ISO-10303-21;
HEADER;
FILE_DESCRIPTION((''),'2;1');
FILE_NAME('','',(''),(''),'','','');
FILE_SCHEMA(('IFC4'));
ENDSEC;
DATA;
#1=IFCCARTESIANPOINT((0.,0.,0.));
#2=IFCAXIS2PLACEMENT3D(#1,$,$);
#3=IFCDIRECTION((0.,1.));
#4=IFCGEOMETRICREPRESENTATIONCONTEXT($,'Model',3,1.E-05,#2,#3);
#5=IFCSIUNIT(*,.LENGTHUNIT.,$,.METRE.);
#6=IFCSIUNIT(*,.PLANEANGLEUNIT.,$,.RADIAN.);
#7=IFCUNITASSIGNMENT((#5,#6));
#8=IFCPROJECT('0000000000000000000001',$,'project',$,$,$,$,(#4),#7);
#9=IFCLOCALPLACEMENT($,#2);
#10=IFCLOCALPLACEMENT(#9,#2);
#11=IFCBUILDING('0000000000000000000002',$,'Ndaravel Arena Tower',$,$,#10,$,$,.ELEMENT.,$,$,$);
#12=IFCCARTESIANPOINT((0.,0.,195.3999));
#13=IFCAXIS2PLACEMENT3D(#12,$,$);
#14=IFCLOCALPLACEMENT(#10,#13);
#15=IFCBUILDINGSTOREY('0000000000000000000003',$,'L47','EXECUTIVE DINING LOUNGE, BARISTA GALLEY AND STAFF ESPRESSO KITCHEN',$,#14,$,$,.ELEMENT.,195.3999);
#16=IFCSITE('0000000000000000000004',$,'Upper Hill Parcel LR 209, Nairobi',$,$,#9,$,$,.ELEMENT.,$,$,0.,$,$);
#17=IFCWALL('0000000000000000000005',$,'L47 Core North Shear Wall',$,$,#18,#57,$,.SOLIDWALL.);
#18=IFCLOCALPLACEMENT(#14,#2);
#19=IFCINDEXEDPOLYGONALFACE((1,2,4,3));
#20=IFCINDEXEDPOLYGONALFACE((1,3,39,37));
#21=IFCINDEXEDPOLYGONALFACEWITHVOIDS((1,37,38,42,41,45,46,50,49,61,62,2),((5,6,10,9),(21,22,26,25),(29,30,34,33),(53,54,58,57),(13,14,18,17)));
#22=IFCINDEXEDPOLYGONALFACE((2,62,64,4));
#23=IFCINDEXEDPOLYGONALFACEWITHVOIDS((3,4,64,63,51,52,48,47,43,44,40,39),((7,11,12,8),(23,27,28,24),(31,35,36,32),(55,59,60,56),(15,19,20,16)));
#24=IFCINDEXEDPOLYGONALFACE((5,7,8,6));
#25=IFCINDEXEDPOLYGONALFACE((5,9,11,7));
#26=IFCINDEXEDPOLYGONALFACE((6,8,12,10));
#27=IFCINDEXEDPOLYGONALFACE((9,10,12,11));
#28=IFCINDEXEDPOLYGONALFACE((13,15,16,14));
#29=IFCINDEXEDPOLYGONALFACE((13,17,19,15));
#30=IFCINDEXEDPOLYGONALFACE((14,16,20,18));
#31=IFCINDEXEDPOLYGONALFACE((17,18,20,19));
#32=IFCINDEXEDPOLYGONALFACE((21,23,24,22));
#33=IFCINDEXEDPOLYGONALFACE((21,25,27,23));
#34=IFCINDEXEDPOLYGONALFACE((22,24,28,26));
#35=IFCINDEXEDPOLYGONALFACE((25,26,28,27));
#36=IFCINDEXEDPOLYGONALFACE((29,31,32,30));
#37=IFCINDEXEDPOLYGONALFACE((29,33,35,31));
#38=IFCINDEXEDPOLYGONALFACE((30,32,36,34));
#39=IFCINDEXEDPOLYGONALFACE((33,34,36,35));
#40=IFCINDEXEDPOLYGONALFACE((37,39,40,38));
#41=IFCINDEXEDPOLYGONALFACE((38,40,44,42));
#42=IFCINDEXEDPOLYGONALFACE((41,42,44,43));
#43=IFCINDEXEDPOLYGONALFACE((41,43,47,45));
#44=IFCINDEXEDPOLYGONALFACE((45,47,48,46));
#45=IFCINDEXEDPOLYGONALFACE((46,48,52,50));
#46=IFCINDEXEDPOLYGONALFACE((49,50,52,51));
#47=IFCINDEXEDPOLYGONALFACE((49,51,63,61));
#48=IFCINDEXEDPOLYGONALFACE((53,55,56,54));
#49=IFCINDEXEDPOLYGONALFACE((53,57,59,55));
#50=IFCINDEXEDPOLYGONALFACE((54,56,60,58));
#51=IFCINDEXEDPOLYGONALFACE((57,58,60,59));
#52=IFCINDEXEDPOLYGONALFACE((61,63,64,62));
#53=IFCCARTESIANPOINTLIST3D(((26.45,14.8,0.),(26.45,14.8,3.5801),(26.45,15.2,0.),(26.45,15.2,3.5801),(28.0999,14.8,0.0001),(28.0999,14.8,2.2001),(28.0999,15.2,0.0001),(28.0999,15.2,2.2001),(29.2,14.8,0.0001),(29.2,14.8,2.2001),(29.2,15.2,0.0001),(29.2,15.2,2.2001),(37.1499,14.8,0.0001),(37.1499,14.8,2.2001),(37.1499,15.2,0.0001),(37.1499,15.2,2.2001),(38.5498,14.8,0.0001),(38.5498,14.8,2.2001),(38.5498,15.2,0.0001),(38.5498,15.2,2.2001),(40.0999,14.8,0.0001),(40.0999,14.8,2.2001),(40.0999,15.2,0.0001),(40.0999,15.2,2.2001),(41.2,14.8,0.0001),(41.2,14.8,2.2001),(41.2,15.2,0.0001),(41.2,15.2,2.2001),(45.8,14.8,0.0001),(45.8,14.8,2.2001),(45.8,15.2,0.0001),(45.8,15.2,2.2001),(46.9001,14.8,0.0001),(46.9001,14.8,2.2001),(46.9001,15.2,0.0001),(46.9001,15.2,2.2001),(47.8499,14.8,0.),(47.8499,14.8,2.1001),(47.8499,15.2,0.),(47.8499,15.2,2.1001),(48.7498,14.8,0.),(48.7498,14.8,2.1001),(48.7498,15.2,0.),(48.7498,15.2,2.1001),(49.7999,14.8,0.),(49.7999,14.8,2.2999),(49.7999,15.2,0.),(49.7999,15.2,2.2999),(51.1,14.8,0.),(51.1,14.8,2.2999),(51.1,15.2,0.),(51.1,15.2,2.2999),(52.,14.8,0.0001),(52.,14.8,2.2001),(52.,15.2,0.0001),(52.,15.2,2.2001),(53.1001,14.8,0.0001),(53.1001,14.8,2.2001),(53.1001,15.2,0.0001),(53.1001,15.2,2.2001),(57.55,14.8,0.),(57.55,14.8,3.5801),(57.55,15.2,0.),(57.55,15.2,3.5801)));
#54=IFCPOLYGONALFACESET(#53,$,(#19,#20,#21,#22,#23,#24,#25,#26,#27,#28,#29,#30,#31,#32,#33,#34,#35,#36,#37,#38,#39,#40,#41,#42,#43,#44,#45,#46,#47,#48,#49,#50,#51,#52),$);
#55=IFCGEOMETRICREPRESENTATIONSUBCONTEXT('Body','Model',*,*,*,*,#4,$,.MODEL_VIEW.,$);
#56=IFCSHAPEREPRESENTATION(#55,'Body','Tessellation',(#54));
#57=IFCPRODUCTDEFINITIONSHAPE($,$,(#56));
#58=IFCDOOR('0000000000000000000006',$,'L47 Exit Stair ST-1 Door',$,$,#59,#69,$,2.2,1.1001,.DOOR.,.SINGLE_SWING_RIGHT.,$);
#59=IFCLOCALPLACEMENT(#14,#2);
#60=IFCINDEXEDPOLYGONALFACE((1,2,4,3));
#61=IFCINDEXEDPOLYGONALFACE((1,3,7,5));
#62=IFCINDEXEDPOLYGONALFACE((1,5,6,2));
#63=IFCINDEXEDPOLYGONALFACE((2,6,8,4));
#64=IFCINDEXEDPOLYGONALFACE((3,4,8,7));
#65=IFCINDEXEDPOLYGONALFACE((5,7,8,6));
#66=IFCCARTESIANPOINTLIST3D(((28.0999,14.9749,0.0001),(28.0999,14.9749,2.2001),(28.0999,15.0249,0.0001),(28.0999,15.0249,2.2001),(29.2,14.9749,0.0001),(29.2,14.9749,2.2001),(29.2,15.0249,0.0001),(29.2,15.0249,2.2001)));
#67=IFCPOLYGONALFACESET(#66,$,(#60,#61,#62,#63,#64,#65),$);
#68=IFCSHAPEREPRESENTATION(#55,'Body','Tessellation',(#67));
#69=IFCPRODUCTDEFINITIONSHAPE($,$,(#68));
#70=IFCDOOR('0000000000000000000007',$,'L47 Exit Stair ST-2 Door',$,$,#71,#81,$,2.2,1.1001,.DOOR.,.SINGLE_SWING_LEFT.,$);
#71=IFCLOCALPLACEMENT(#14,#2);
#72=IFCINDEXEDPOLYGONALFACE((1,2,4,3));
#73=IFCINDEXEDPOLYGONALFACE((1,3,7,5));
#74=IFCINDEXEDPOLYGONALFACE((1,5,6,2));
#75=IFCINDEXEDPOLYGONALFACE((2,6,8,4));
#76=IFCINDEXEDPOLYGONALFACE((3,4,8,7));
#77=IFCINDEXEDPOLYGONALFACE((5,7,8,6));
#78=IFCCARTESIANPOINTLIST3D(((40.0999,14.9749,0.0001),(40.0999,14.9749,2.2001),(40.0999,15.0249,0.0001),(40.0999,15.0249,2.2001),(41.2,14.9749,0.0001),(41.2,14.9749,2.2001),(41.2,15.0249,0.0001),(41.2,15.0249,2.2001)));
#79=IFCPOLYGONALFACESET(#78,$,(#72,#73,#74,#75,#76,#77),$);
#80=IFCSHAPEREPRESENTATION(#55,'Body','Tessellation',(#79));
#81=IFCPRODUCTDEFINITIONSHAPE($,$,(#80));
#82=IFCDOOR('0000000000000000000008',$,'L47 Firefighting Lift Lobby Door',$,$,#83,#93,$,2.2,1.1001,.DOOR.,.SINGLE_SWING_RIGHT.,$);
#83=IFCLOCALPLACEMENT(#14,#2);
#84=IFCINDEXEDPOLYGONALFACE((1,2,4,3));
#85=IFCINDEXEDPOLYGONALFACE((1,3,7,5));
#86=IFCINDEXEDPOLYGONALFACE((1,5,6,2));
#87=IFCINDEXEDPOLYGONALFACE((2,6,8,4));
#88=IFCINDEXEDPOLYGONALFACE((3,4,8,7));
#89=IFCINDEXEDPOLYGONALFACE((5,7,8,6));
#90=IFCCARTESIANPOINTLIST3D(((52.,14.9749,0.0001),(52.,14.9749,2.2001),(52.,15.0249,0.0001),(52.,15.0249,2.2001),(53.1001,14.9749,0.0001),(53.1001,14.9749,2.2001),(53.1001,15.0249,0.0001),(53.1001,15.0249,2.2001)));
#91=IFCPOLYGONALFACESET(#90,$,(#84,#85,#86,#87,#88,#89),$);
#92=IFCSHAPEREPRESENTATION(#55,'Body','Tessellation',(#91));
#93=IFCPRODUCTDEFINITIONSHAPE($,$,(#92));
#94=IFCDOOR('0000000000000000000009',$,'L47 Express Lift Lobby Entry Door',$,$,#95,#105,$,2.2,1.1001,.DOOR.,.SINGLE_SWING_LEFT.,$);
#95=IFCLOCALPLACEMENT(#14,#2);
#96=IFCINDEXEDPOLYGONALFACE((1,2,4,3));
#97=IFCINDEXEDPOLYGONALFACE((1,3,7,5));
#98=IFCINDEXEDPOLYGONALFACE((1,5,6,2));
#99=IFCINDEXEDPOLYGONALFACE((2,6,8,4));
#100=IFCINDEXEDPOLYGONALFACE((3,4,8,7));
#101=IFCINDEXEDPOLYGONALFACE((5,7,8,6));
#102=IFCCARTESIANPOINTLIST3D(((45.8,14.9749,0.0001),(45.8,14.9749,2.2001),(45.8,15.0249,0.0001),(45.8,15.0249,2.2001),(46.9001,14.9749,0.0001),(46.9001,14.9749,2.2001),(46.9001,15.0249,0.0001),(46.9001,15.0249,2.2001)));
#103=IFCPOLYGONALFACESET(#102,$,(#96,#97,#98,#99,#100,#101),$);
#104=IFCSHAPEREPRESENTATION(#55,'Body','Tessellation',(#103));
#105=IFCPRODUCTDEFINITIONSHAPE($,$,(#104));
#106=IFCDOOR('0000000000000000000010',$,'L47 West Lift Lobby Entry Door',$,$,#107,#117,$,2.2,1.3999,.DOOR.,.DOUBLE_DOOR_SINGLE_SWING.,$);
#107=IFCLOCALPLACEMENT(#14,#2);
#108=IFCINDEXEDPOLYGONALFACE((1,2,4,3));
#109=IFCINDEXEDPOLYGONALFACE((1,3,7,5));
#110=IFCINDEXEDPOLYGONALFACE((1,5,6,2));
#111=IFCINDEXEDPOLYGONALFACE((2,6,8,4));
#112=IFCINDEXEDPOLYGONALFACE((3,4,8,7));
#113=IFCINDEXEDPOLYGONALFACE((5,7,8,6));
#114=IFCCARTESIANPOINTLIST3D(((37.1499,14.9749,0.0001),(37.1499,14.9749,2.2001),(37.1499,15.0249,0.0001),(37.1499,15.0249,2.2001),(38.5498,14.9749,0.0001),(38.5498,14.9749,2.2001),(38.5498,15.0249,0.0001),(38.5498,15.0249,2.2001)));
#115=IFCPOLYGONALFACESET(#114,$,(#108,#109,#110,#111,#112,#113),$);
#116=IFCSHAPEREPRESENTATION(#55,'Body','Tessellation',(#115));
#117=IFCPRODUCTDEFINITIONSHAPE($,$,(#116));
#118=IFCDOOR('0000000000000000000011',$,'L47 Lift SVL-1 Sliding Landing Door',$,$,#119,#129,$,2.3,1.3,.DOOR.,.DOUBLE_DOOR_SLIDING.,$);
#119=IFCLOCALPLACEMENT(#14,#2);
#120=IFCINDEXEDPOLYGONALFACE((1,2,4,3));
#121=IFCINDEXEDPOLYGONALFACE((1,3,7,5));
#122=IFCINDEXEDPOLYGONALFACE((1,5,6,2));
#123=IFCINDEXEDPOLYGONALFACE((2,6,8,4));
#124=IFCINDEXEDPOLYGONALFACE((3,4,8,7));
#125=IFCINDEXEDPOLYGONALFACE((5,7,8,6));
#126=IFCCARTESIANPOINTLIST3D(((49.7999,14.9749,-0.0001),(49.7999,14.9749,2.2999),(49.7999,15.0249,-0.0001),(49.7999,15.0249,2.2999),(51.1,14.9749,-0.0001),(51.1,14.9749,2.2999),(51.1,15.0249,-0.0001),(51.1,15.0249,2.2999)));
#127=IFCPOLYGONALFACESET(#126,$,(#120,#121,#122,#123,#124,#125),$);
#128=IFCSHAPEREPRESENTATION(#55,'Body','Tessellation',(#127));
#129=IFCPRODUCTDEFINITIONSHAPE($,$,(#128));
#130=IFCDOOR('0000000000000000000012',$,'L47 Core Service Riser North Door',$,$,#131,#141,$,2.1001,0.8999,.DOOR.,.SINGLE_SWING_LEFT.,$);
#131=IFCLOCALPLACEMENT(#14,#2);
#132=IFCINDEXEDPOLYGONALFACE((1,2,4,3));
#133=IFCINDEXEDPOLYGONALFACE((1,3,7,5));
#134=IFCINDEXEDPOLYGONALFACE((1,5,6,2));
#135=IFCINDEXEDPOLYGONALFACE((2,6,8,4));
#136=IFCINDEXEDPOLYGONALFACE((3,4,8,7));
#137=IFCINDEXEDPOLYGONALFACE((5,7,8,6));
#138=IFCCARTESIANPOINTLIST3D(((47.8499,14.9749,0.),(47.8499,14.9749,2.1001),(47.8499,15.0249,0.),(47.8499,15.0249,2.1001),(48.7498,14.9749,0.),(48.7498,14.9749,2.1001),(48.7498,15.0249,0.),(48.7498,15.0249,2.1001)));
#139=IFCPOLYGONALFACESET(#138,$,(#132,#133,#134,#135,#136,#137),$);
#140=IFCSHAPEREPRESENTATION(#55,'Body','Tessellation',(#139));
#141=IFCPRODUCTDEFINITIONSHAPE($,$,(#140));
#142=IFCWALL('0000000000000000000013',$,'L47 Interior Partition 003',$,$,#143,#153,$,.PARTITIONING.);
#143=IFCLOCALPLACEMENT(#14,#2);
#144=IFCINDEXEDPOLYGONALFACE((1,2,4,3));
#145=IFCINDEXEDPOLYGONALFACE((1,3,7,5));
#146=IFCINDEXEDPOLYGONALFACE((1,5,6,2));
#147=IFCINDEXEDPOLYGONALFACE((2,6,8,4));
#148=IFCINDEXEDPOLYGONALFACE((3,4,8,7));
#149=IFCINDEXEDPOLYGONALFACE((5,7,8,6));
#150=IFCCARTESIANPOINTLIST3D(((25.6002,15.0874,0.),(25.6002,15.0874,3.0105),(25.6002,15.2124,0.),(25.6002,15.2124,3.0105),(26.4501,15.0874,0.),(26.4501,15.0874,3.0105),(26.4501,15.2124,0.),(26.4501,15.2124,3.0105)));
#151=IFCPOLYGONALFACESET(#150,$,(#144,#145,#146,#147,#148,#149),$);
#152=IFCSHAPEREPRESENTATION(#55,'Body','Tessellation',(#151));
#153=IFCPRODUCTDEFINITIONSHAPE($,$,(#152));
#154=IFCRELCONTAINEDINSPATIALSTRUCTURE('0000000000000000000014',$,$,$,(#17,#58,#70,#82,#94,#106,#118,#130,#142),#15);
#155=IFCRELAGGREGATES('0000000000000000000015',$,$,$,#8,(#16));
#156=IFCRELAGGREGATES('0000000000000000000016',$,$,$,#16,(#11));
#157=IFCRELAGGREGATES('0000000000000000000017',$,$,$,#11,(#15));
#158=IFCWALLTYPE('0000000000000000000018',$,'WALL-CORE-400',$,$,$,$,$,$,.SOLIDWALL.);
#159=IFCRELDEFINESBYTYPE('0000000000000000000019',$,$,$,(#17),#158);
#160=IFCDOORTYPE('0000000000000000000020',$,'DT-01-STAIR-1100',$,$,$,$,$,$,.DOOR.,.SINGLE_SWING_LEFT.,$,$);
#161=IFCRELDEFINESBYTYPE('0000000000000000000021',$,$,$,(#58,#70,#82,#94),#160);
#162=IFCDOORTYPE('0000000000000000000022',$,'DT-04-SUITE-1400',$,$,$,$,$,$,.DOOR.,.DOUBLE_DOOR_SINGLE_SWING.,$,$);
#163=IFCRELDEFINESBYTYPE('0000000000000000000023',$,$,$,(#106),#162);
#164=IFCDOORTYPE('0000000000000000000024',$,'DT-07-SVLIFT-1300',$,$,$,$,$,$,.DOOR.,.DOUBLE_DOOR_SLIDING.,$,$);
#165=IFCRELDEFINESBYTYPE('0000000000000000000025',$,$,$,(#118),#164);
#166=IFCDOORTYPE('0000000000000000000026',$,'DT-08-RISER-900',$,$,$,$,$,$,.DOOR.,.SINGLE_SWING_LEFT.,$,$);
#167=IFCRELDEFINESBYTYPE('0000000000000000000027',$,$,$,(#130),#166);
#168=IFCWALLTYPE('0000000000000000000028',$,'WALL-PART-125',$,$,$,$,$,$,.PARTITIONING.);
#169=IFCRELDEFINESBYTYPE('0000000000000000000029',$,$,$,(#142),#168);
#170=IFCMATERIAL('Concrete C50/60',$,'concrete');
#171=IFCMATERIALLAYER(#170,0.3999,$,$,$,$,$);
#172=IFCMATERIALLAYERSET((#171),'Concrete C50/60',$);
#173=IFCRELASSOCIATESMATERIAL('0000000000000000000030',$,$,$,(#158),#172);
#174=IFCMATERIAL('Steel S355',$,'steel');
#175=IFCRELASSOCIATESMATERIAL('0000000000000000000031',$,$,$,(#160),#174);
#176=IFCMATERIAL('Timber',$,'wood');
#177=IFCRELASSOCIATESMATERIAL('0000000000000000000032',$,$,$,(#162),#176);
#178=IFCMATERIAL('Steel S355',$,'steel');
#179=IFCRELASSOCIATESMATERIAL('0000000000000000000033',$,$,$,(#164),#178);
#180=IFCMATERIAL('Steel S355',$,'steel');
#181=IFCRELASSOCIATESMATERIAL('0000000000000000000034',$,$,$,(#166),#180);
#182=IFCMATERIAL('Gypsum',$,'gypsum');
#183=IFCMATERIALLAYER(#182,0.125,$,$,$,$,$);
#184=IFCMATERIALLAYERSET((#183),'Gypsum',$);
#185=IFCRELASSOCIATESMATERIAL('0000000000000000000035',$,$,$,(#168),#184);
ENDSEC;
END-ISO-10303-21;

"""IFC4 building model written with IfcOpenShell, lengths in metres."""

from ifc_helpers import new_model, si_unit, direction, frame, frame_2d, origin, place, context, subcontext, project, spatial, rectangle, extrude, material, layer, layer_set, type_object, element, fill, save


model = new_model("IFC4")

# Units and contexts
model_context = context("Model", 3, precision=1e-05, world=origin(), true_north=direction((0.0, 1.0)))
body_context = subcontext(model_context, "Body", "Model", "MODEL_VIEW")
ifc_project = project(units=[si_unit("LENGTHUNIT", "METRE"), si_unit("PLANEANGLEUNIT", "RADIAN")], contexts=[model_context])

# Site, building, storey
site_placement = place(None, origin())
site = spatial("IfcSite", under=ifc_project, at=site_placement, Name="Upper Hill Parcel LR 209, Nairobi", CompositionType="ELEMENT", RefElevation=0.0)
building_placement = place(site_placement, origin())
building = spatial("IfcBuilding", under=site, at=building_placement, Name="Ndaravel Arena Tower", CompositionType="ELEMENT")
storey_placement = place(building_placement, frame((0.0, 0.0, 195.3999)))
storey = spatial("IfcBuildingStorey", under=building, at=storey_placement, Name="L47", Description="EXECUTIVE DINING LOUNGE, BARISTA GALLEY AND STAFF ESPRESSO KITCHEN", CompositionType="ELEMENT", Elevation=195.3999)

# Wall, openings, doors
ifc_material_1 = material(Name="Concrete C50/60", Category="concrete")
ifc_layer_1 = layer(ifc_material_1, 0.3999)
ifc_layer_set_1 = layer_set([ifc_layer_1], Name="Concrete C50/60")
wall_type_1 = type_object("IfcWallType", Name="WALL-CORE-400", PredefinedType="SOLIDWALL", material=ifc_layer_set_1)
wall_1_placement = place(storey_placement, frame((26.45, 15.0, 0.0), z_axis=(0.0, 0.0, 1.0), x_axis=(1.0, 0.0, 0.0)))
wall_1 = element("IfcWall", 1, at=wall_1_placement, inside=storey, type_object=wall_type_1, Name="L47 Core North Shear Wall", PredefinedType="SOLIDWALL", context=body_context, shape_type="SweptSolid", body=[
    extrude(rectangle(XDim=31.1001, YDim=0.3999, at=frame_2d((15.55, 0.0))), origin(), (0.0, 0.0, 1.0), 3.5801),
])
opening_1_placement = place(wall_1_placement, frame((1.6499, 0.0, 0.0)))
opening_1 = element("IfcOpeningElement", 2, at=opening_1_placement, cuts=wall_1, PredefinedType="OPENING", context=body_context, shape_type="SweptSolid", body=[
    extrude(rectangle(XDim=1.1001, YDim=2.2, at=frame_2d((0.55, 1.1001))), frame((0.0, 0.2, 0.0), z_axis=(0.0, -1.0, 0.0), x_axis=(1.0, 0.0, 0.0)), (0.0, 0.0, 1.0), 0.3999),
])
opening_2_placement = place(wall_1_placement, frame((13.6499, 0.0, 0.0)))
opening_2 = element("IfcOpeningElement", 3, at=opening_2_placement, cuts=wall_1, PredefinedType="OPENING", context=body_context, shape_type="SweptSolid", body=[
    extrude(rectangle(XDim=1.1001, YDim=2.2, at=frame_2d((0.55, 1.1001))), frame((0.0, 0.2, 0.0), z_axis=(0.0, -1.0, 0.0), x_axis=(1.0, 0.0, 0.0)), (0.0, 0.0, 1.0), 0.3999),
])
opening_3_placement = place(wall_1_placement, frame((25.55, 0.0, 0.0)))
opening_3 = element("IfcOpeningElement", 4, at=opening_3_placement, cuts=wall_1, PredefinedType="OPENING", context=body_context, shape_type="SweptSolid", body=[
    extrude(rectangle(XDim=1.1001, YDim=2.2, at=frame_2d((0.55, 1.1001))), frame((0.0, 0.2, 0.0), z_axis=(0.0, -1.0, 0.0), x_axis=(1.0, 0.0, 0.0)), (0.0, 0.0, 1.0), 0.3999),
])
opening_4_placement = place(wall_1_placement, frame((10.7, 0.0, 0.0)))
opening_4 = element("IfcOpeningElement", 5, at=opening_4_placement, cuts=wall_1, PredefinedType="OPENING", context=body_context, shape_type="SweptSolid", body=[
    extrude(rectangle(XDim=1.3999, YDim=2.2, at=frame_2d((0.7, 1.1001))), frame((0.0, 0.2, 0.0), z_axis=(0.0, -1.0, 0.0), x_axis=(1.0, 0.0, 0.0)), (0.0, 0.0, 1.0), 0.3999),
])
opening_5_placement = place(wall_1_placement, frame((19.3501, 0.0, 0.0)))
opening_5 = element("IfcOpeningElement", 6, at=opening_5_placement, cuts=wall_1, PredefinedType="OPENING", context=body_context, shape_type="SweptSolid", body=[
    extrude(rectangle(XDim=1.1001, YDim=2.2, at=frame_2d((0.55, 1.1001))), frame((0.0, 0.2, 0.0), z_axis=(0.0, -1.0, 0.0), x_axis=(1.0, 0.0, 0.0)), (0.0, 0.0, 1.0), 0.3999),
])
opening_6_placement = place(wall_1_placement, frame((21.3999, 0.0, 0.0)))
opening_6 = element("IfcOpeningElement", 7, at=opening_6_placement, cuts=wall_1, PredefinedType="OPENING", context=body_context, shape_type="SweptSolid", body=[
    extrude(rectangle(XDim=0.8999, YDim=2.1001, at=frame_2d((0.45, 1.05))), frame((0.0, 0.2, 0.0), z_axis=(0.0, -1.0, 0.0), x_axis=(1.0, 0.0, 0.0)), (0.0, 0.0, 1.0), 0.3999),
])
opening_7_placement = place(wall_1_placement, frame((23.3501, 0.0, 0.0)))
opening_7 = element("IfcOpeningElement", 8, at=opening_7_placement, cuts=wall_1, PredefinedType="OPENING", context=body_context, shape_type="SweptSolid", body=[
    extrude(rectangle(XDim=1.3, YDim=2.3, at=frame_2d((0.6499, 1.1499))), frame((0.0, 0.2, 0.0), z_axis=(0.0, -1.0, 0.0), x_axis=(1.0, 0.0, 0.0)), (0.0, 0.0, 1.0), 0.3999),
])
ifc_material_2 = material(Name="Steel S355", Category="steel")
door_type_1 = type_object("IfcDoorType", Name="DT-01-STAIR-1100", OperationType="SINGLE_SWING_LEFT", PredefinedType="DOOR", material=ifc_material_2)
door_1_placement = place(opening_1_placement, origin())
door_1 = element("IfcDoor", 9, at=door_1_placement, inside=storey, type_object=door_type_1, Name="L47 Exit Stair ST-1 Door", OperationType="SINGLE_SWING_RIGHT", OverallHeight=2.2, OverallWidth=1.1001, PredefinedType="DOOR", context=body_context, shape_type="SweptSolid", body=[
    extrude(rectangle(XDim=1.1001, YDim=2.2, at=frame_2d((0.55, 1.1001))), frame((0.0, 0.0249, 0.0), z_axis=(0.0, -1.0, 0.0), x_axis=(1.0, 0.0, 0.0)), (0.0, 0.0, 1.0), 0.05),
])
fill(opening_1, door_1)
door_2_placement = place(opening_2_placement, origin())
door_2 = element("IfcDoor", 10, at=door_2_placement, inside=storey, type_object=door_type_1, Name="L47 Exit Stair ST-2 Door", OperationType="SINGLE_SWING_LEFT", OverallHeight=2.2, OverallWidth=1.1001, PredefinedType="DOOR", context=body_context, shape_type="SweptSolid", body=[
    extrude(rectangle(XDim=1.1001, YDim=2.2, at=frame_2d((0.55, 1.1001))), frame((0.0, 0.0249, 0.0), z_axis=(0.0, -1.0, 0.0), x_axis=(1.0, 0.0, 0.0)), (0.0, 0.0, 1.0), 0.05),
])
fill(opening_2, door_2)
door_3_placement = place(opening_3_placement, origin())
door_3 = element("IfcDoor", 11, at=door_3_placement, inside=storey, type_object=door_type_1, Name="L47 Firefighting Lift Lobby Door", OperationType="SINGLE_SWING_RIGHT", OverallHeight=2.2, OverallWidth=1.1001, PredefinedType="DOOR", context=body_context, shape_type="SweptSolid", body=[
    extrude(rectangle(XDim=1.1001, YDim=2.2, at=frame_2d((0.55, 1.1001))), frame((0.0, 0.0249, 0.0), z_axis=(0.0, -1.0, 0.0), x_axis=(1.0, 0.0, 0.0)), (0.0, 0.0, 1.0), 0.05),
])
fill(opening_3, door_3)
door_4_placement = place(opening_5_placement, origin())
door_4 = element("IfcDoor", 12, at=door_4_placement, inside=storey, type_object=door_type_1, Name="L47 Express Lift Lobby Entry Door", OperationType="SINGLE_SWING_LEFT", OverallHeight=2.2, OverallWidth=1.1001, PredefinedType="DOOR", context=body_context, shape_type="SweptSolid", body=[
    extrude(rectangle(XDim=1.1001, YDim=2.2, at=frame_2d((0.55, 1.1001))), frame((0.0, 0.0249, 0.0), z_axis=(0.0, -1.0, 0.0), x_axis=(1.0, 0.0, 0.0)), (0.0, 0.0, 1.0), 0.05),
])
fill(opening_5, door_4)
ifc_material_3 = material(Name="Timber", Category="wood")
door_type_2 = type_object("IfcDoorType", Name="DT-04-SUITE-1400", OperationType="DOUBLE_DOOR_SINGLE_SWING", PredefinedType="DOOR", material=ifc_material_3)
door_5_placement = place(opening_4_placement, origin())
door_5 = element("IfcDoor", 13, at=door_5_placement, inside=storey, type_object=door_type_2, Name="L47 West Lift Lobby Entry Door", OperationType="DOUBLE_DOOR_SINGLE_SWING", OverallHeight=2.2, OverallWidth=1.3999, PredefinedType="DOOR", context=body_context, shape_type="SweptSolid", body=[
    extrude(rectangle(XDim=1.3999, YDim=2.2, at=frame_2d((0.7, 1.1001))), frame((0.0, 0.0249, 0.0), z_axis=(0.0, -1.0, 0.0), x_axis=(1.0, 0.0, 0.0)), (0.0, 0.0, 1.0), 0.05),
])
fill(opening_4, door_5)
ifc_material_4 = material(Name="Steel S355", Category="steel")
door_type_3 = type_object("IfcDoorType", Name="DT-07-SVLIFT-1300", OperationType="DOUBLE_DOOR_SLIDING", PredefinedType="DOOR", material=ifc_material_4)
door_6_placement = place(opening_7_placement, origin())
door_6 = element("IfcDoor", 14, at=door_6_placement, inside=storey, type_object=door_type_3, Name="L47 Lift SVL-1 Sliding Landing Door", OperationType="DOUBLE_DOOR_SLIDING", OverallHeight=2.3, OverallWidth=1.3, PredefinedType="DOOR", context=body_context, shape_type="SweptSolid", body=[
    extrude(rectangle(XDim=1.3, YDim=2.3, at=frame_2d((0.6499, 1.1499))), frame((0.0, 0.0249, 0.0), z_axis=(0.0, -1.0, 0.0), x_axis=(1.0, 0.0, 0.0)), (0.0, 0.0, 1.0), 0.05),
])
fill(opening_7, door_6)
ifc_material_5 = material(Name="Steel S355", Category="steel")
door_type_4 = type_object("IfcDoorType", Name="DT-08-RISER-900", OperationType="SINGLE_SWING_LEFT", PredefinedType="DOOR", material=ifc_material_5)
door_7_placement = place(opening_6_placement, origin())
door_7 = element("IfcDoor", 15, at=door_7_placement, inside=storey, type_object=door_type_4, Name="L47 Core Service Riser North Door", OperationType="SINGLE_SWING_LEFT", OverallHeight=2.1001, OverallWidth=0.8999, PredefinedType="DOOR", context=body_context, shape_type="SweptSolid", body=[
    extrude(rectangle(XDim=0.8999, YDim=2.1001, at=frame_2d((0.45, 1.05))), frame((0.0, 0.0249, 0.0), z_axis=(0.0, -1.0, 0.0), x_axis=(1.0, 0.0, 0.0)), (0.0, 0.0, 1.0), 0.05),
])
fill(opening_6, door_7)

# Wall
ifc_material_6 = material(Name="Gypsum", Category="gypsum")
ifc_layer_2 = layer(ifc_material_6, 0.125)
ifc_layer_set_2 = layer_set([ifc_layer_2], Name="Gypsum")
wall_type_2 = type_object("IfcWallType", Name="WALL-PART-125", PredefinedType="PARTITIONING", material=ifc_layer_set_2)
wall_2_placement = place(storey_placement, frame((26.45, 15.1499, 0.0), z_axis=(0.0, 0.0, 1.0), x_axis=(-1.0, 0.0, 0.0)))
element("IfcWall", 16, at=wall_2_placement, inside=storey, type_object=wall_type_2, Name="L47 Interior Partition 003", PredefinedType="PARTITIONING", context=body_context, shape_type="SweptSolid", body=[
    extrude(rectangle(XDim=0.8499, YDim=0.125, at=frame_2d((0.4248, 0.0))), origin(), (0.0, 0.0, 1.0), 3.0105),
])

save(model, "model.ifc")
